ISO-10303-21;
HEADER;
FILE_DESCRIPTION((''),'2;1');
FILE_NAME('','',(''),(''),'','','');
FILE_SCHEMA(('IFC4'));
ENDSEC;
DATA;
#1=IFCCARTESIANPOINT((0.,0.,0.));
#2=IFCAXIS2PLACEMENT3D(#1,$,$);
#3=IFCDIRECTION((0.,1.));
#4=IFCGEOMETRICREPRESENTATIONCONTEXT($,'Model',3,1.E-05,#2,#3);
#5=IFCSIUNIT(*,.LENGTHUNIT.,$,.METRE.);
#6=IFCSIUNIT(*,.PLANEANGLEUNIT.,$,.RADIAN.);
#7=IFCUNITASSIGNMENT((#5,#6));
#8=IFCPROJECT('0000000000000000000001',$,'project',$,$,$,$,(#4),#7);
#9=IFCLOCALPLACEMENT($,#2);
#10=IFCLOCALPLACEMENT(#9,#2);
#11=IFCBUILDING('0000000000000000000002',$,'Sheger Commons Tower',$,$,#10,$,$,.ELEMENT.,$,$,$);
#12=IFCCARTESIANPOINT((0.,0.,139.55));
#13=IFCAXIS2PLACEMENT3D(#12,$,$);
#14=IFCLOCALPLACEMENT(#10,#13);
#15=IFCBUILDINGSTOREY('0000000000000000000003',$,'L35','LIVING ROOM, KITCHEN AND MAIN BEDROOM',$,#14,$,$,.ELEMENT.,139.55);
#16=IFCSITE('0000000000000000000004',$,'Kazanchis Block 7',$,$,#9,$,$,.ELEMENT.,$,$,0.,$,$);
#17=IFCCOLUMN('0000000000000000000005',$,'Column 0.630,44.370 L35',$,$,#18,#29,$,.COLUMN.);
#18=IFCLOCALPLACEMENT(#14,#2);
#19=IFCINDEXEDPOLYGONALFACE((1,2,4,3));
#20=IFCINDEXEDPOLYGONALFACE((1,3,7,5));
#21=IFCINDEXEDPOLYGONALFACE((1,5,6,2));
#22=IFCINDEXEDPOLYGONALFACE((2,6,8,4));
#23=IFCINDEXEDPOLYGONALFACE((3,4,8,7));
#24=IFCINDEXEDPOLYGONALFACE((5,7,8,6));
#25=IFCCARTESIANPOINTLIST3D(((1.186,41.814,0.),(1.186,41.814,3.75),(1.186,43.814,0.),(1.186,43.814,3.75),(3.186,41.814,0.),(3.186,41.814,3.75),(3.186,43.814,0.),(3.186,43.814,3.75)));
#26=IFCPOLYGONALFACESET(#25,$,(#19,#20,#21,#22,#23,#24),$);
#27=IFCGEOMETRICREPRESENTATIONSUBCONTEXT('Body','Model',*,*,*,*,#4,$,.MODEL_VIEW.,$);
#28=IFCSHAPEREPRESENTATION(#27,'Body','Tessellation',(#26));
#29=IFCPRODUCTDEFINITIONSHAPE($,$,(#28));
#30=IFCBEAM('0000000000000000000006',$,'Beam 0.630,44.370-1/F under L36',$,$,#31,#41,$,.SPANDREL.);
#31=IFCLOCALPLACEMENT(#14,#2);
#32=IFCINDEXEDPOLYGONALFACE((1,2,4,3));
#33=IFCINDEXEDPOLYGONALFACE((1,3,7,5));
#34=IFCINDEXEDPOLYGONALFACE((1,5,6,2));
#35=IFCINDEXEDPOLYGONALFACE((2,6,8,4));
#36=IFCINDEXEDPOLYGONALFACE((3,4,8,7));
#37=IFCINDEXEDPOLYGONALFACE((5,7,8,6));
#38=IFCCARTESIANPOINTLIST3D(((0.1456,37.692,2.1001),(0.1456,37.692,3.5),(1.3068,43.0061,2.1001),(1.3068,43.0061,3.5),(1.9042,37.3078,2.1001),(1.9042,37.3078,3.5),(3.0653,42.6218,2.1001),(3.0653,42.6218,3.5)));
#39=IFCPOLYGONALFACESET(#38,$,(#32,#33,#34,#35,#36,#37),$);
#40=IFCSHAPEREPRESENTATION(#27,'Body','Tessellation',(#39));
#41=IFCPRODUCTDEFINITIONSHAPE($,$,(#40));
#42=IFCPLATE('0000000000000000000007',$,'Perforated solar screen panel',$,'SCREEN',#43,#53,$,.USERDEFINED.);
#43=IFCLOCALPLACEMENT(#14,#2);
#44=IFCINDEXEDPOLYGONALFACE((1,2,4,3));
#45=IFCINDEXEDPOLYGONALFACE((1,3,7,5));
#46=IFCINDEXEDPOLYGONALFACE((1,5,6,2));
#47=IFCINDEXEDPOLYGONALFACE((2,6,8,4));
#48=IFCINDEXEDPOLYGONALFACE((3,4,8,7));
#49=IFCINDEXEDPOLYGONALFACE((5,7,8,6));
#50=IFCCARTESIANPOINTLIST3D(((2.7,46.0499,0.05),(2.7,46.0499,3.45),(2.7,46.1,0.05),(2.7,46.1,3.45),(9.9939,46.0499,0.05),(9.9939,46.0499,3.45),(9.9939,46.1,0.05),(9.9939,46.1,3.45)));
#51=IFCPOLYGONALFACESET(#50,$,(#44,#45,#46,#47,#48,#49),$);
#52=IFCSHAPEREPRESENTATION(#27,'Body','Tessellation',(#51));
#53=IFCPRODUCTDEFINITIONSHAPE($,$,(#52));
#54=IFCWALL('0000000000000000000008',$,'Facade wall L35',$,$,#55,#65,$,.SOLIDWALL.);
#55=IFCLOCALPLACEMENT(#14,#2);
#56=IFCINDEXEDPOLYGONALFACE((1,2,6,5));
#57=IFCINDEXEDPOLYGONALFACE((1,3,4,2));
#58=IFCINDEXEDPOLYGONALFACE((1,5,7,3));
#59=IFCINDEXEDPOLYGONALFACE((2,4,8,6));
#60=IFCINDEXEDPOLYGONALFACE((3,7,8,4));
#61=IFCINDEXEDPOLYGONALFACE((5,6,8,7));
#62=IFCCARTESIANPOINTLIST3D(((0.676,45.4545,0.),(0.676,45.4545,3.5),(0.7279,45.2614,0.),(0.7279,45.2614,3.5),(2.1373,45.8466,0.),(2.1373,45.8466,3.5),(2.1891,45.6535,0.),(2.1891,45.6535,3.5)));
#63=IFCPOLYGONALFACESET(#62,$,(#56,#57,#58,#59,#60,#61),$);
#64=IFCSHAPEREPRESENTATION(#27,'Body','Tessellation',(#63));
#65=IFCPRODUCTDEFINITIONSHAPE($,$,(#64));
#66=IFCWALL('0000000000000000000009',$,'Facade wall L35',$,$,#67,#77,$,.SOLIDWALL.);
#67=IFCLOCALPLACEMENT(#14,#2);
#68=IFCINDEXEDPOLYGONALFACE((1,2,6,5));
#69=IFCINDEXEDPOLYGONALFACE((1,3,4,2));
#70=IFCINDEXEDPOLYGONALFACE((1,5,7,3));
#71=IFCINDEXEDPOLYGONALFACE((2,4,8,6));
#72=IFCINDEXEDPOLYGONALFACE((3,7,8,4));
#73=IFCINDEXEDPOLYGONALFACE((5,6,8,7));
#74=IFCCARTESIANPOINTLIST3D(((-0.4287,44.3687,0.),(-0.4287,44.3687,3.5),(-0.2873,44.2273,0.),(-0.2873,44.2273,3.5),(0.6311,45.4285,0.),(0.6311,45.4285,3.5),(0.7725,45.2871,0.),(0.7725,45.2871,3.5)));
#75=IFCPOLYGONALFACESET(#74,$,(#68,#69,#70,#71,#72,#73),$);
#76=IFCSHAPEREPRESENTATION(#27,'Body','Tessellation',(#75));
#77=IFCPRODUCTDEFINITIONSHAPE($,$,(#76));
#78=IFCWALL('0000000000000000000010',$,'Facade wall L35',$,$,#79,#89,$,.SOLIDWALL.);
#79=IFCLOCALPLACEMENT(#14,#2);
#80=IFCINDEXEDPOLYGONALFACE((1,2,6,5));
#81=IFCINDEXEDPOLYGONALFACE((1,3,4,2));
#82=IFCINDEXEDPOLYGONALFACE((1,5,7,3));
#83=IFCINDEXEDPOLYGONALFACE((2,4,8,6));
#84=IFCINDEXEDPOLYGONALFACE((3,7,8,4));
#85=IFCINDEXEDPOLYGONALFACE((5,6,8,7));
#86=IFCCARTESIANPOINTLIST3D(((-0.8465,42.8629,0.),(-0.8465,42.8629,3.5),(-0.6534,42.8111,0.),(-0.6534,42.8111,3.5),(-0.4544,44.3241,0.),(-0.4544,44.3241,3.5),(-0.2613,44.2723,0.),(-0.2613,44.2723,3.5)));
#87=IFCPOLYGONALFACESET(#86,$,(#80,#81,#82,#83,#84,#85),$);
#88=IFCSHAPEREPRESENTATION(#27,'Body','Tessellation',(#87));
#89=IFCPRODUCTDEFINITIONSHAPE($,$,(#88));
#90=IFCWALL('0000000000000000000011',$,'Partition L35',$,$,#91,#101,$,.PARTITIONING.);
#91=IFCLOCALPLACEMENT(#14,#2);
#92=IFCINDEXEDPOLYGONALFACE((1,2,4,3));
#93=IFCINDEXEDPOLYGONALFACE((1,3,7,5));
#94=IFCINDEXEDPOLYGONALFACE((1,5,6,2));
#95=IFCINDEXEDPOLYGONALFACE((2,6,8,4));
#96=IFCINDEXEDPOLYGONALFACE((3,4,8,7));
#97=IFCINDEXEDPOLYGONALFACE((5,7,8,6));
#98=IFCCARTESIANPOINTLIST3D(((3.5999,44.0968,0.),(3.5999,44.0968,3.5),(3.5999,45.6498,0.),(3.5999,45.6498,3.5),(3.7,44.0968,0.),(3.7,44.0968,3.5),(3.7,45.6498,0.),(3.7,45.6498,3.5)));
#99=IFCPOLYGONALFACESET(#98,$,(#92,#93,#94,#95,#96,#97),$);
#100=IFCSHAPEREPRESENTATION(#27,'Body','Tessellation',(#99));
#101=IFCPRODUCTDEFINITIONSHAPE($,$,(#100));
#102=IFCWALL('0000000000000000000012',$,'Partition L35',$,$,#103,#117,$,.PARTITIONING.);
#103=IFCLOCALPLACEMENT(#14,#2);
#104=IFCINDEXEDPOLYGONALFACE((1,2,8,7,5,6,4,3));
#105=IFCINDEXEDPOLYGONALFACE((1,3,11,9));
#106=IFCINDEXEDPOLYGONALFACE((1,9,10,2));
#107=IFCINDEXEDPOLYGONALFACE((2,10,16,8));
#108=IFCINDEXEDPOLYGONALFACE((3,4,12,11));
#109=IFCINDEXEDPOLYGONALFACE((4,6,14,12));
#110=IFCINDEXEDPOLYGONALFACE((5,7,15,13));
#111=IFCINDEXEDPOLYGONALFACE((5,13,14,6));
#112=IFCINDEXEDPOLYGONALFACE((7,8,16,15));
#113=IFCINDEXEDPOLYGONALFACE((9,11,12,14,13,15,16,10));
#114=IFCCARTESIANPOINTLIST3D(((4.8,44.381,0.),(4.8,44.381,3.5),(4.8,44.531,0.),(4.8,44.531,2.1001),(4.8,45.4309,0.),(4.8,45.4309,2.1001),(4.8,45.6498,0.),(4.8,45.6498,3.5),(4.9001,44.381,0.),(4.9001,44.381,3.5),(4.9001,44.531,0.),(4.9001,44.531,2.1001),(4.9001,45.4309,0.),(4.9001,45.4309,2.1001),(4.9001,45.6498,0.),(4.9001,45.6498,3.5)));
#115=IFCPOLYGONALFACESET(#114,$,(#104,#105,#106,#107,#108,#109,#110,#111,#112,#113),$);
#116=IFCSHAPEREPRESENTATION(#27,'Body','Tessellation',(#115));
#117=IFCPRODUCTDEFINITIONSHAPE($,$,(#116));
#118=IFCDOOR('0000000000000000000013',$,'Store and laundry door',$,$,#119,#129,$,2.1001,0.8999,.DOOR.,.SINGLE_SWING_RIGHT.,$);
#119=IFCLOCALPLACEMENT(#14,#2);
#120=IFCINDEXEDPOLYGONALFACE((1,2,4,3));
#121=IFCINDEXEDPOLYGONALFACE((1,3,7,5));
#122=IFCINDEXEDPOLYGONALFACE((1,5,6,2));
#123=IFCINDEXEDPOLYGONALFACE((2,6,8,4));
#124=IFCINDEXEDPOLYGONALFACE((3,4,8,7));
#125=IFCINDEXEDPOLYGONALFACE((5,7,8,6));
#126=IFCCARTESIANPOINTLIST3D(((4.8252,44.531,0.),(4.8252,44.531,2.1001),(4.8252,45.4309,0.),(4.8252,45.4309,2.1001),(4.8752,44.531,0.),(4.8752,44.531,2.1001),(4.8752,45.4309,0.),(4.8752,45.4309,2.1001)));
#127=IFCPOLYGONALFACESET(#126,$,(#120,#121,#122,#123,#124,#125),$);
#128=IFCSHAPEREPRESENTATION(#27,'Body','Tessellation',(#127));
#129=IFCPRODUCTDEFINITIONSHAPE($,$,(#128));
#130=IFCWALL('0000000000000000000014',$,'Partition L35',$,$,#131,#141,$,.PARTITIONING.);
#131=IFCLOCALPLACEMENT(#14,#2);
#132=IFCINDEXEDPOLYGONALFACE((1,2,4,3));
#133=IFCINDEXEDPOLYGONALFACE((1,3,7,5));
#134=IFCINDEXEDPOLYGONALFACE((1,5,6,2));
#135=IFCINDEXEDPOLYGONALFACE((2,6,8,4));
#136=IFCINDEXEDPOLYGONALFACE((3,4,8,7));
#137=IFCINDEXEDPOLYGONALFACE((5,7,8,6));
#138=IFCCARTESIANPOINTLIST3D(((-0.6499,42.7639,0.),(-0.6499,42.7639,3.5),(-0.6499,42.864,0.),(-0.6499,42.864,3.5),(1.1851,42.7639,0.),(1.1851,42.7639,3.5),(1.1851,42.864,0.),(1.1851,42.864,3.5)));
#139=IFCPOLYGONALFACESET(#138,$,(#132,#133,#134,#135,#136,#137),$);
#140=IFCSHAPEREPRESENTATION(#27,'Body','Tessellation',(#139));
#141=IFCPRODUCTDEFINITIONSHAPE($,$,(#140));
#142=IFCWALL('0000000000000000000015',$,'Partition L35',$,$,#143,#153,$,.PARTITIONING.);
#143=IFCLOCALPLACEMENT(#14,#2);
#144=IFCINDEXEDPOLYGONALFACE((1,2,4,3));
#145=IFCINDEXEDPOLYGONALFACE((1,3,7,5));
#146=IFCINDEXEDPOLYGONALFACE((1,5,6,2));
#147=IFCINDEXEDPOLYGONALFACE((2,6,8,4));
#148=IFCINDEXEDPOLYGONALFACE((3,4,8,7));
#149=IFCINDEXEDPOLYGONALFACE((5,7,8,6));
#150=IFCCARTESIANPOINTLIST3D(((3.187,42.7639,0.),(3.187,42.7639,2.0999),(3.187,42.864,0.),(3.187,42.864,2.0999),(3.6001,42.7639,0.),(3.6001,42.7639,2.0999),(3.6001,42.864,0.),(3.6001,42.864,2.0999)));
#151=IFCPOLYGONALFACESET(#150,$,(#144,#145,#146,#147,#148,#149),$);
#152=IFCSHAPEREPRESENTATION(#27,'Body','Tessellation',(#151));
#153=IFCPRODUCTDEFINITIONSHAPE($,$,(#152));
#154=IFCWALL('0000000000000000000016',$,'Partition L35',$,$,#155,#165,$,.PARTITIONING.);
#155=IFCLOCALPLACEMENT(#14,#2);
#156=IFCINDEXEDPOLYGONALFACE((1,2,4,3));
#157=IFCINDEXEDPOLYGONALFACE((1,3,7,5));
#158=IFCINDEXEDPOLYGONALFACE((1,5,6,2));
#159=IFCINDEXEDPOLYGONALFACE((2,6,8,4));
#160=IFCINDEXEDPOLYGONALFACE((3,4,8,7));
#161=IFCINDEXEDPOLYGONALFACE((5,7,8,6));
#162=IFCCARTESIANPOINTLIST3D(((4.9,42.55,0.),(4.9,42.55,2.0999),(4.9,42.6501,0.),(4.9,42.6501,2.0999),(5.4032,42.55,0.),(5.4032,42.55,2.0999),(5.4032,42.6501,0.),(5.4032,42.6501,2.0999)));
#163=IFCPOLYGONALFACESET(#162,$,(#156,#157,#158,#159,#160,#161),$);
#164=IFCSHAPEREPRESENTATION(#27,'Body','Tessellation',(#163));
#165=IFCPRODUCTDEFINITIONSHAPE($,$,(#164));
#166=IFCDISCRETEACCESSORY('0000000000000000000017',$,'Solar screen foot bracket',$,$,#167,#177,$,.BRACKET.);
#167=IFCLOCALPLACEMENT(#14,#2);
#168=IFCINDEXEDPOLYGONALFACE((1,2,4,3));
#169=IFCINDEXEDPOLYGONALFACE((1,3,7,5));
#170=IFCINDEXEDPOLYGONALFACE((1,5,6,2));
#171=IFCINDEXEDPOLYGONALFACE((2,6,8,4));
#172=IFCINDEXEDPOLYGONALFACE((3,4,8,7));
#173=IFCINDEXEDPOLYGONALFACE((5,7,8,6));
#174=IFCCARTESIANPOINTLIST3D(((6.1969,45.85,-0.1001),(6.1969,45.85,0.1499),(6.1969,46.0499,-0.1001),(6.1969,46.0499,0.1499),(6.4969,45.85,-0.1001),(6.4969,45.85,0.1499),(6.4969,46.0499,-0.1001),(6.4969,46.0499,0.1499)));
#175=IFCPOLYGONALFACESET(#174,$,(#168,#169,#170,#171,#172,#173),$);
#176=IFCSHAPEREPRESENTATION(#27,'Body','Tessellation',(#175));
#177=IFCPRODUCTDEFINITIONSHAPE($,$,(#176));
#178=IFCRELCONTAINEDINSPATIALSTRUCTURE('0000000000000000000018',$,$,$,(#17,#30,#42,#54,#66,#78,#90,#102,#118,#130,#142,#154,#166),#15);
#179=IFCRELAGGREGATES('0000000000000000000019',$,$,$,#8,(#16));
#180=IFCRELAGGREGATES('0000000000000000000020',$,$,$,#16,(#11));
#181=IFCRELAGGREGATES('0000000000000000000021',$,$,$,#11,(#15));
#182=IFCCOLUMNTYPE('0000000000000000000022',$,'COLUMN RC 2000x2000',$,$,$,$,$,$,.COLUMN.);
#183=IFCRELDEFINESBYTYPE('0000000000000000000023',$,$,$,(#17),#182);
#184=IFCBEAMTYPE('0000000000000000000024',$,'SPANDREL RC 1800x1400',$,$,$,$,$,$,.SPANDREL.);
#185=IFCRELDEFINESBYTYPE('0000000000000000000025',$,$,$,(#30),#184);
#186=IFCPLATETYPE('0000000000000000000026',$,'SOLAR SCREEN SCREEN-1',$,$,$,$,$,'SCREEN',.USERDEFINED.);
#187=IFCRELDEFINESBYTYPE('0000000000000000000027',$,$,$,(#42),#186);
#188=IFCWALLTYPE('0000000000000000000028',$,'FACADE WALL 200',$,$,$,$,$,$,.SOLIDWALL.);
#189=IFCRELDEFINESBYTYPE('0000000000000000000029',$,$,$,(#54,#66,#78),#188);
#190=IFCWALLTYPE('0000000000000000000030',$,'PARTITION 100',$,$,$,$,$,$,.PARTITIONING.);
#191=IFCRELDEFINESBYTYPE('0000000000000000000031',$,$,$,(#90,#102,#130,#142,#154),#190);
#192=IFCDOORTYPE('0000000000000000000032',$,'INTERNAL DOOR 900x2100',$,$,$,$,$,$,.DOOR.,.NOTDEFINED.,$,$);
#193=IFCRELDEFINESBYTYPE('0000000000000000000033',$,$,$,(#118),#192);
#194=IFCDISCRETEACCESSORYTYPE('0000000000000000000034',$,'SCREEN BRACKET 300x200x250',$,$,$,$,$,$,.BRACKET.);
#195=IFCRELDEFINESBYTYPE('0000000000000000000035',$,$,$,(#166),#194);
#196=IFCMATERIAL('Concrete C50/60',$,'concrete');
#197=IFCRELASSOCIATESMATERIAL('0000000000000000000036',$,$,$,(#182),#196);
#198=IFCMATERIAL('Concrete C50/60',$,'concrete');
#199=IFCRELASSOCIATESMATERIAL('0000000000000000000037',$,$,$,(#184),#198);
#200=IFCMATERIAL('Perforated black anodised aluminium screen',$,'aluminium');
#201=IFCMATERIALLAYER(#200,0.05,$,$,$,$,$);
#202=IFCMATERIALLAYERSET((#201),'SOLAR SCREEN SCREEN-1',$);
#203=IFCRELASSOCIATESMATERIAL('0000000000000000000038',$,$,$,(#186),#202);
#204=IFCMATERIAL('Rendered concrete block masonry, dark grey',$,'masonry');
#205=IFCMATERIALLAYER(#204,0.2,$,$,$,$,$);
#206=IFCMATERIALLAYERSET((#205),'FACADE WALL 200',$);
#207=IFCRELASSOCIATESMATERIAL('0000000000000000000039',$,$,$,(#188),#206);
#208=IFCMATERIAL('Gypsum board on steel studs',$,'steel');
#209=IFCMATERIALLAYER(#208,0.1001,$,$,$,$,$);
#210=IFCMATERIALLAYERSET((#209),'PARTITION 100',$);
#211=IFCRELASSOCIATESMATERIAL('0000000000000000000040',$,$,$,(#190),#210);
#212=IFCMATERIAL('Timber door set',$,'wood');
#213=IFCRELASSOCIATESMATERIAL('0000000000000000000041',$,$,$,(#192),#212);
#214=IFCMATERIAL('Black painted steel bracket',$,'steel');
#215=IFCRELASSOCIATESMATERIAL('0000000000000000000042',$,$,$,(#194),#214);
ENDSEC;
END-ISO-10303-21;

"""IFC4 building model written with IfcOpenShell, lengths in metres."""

from ifc_helpers import new_model, si_unit, direction, frame, frame_2d, origin, origin_2d, place, context, subcontext, project, spatial, rectangle, extrude, material, layer, layer_set, material_profile, profile_set, type_object, element, fill, save


model = new_model("IFC4")

# Units and contexts
model_context = context("Model", 3, precision=1e-05, world=origin(), true_north=direction((0.0, 1.0)))
body_context = subcontext(model_context, "Body", "Model", "MODEL_VIEW")
ifc_project = project(units=[si_unit("LENGTHUNIT", "METRE"), si_unit("PLANEANGLEUNIT", "RADIAN")], contexts=[model_context])

# Site, building, storey
site_placement = place(None, origin())
site = spatial("IfcSite", under=ifc_project, at=site_placement, Name="Kazanchis Block 7", CompositionType="ELEMENT", RefElevation=0.0)
building_placement = place(site_placement, origin())
building = spatial("IfcBuilding", under=site, at=building_placement, Name="Sheger Commons Tower", CompositionType="ELEMENT")
storey_placement = place(building_placement, frame((0.0, 0.0, 139.55)))
storey = spatial("IfcBuildingStorey", under=building, at=storey_placement, Name="L35", Description="LIVING ROOM, KITCHEN AND MAIN BEDROOM", CompositionType="ELEMENT", Elevation=139.55)

# Column
ifc_material_1 = material(Name="Concrete C50/60", Category="concrete")
ifc_material_profile_1 = material_profile(ifc_material_1, rectangle(XDim=2.0, YDim=2.0, at=origin_2d()), Name="RC 2000x2000")
ifc_profile_set_1 = profile_set([ifc_material_profile_1], Name="Concrete C50/60")
column_type = type_object("IfcColumnType", Name="COLUMN RC 2000x2000", PredefinedType="COLUMN", material=ifc_profile_set_1)
column_placement = place(storey_placement, frame((2.186, 42.814, 0.0), z_axis=(0.0, 0.0, 1.0), x_axis=(1.0, 0.0, 0.0)))
element("IfcColumn", 1, at=column_placement, inside=storey, type_object=column_type, Name="Column 0.630,44.370 L35", PredefinedType="COLUMN", context=body_context, shape_type="SweptSolid", body=[
    extrude(rectangle(XDim=2.0, YDim=2.0, at=origin_2d()), origin(), (0.0, 0.0, 1.0), 3.75),
])

# Beam
ifc_material_2 = material(Name="Concrete C50/60", Category="concrete")
ifc_material_profile_2 = material_profile(ifc_material_2, rectangle(XDim=1.8, YDim=1.3999, at=origin_2d()), Name="RC 1800x1400")
ifc_profile_set_2 = profile_set([ifc_material_profile_2], Name="Concrete C50/60")
beam_type = type_object("IfcBeamType", Name="SPANDREL RC 1800x1400", PredefinedType="SPANDREL", material=ifc_profile_set_2)
beam_placement = place(storey_placement, frame((2.186, 42.814, 2.8), z_axis=(-0.213469, -0.97695, 0.0), x_axis=(0.97695, -0.213469, 0.0)))
element("IfcBeam", 2, at=beam_placement, inside=storey, type_object=beam_type, Name="Beam 0.630,44.370-1/F under L36", PredefinedType="SPANDREL", context=body_context, shape_type="SweptSolid", body=[
    extrude(rectangle(XDim=1.8, YDim=1.3999, at=origin_2d()), origin(), (0.0, 0.0, 1.0), 5.4395),
])

# Plate
ifc_material_3 = material(Name="Perforated black anodised aluminium screen", Category="aluminium")
ifc_layer_1 = layer(ifc_material_3, 0.05)
ifc_layer_set_1 = layer_set([ifc_layer_1], Name="SOLAR SCREEN SCREEN-1")
plate_type = type_object("IfcPlateType", Name="SOLAR SCREEN SCREEN-1", ElementType="SCREEN", PredefinedType="USERDEFINED", material=ifc_layer_set_1)
plate_placement = place(storey_placement, frame((6.3469, 46.075, 0.05), z_axis=(0.0, 0.0, 1.0), x_axis=(-1.0, 0.0, 0.0)))
element("IfcPlate", 3, at=plate_placement, inside=storey, type_object=plate_type, Name="Perforated solar screen panel", ObjectType="SCREEN", PredefinedType="USERDEFINED", context=body_context, shape_type="SweptSolid", body=[
    extrude(rectangle(XDim=7.2939, YDim=0.05, at=origin_2d()), origin(), (0.0, 0.0, 1.0), 3.3999),
])

# Walls
ifc_material_4 = material(Name="Rendered concrete block masonry, dark grey", Category="masonry")
ifc_layer_2 = layer(ifc_material_4, 0.2)
ifc_layer_set_2 = layer_set([ifc_layer_2], Name="FACADE WALL 200")
wall_type_1 = type_object("IfcWallType", Name="FACADE WALL 200", PredefinedType="SOLIDWALL", material=ifc_layer_set_2)
wall_1_placement = place(storey_placement, frame((2.1631, 45.75, 0.0), z_axis=(0.0, 0.0, 1.0), x_axis=(-0.965832, -0.259169, 0.0)))
element("IfcWall", 4, at=wall_1_placement, inside=storey, type_object=wall_type_1, Name="Facade wall L35", PredefinedType="SOLIDWALL", context=body_context, shape_type="SweptSolid", body=[
    extrude(rectangle(XDim=1.5129, YDim=0.2, at=frame_2d((0.7563, 0.0))), origin(), (0.0, 0.0, 1.0), 3.5),
])
wall_2_placement = place(storey_placement, frame((0.7019, 45.3579, 0.0), z_axis=(0.0, 0.0, 1.0), x_axis=(-0.707107, -0.707107, 0.0)))
element("IfcWall", 5, at=wall_2_placement, inside=storey, type_object=wall_type_1, Name="Facade wall L35", PredefinedType="SOLIDWALL", context=body_context, shape_type="SweptSolid", body=[
    extrude(rectangle(XDim=1.4988, YDim=0.2, at=frame_2d((0.7495, 0.0))), origin(), (0.0, 0.0, 1.0), 3.5),
])
wall_3_placement = place(storey_placement, frame((-0.3579, 44.2981, 0.0), z_axis=(0.0, 0.0, 1.0), x_axis=(-0.259169, -0.965832, 0.0)))
element("IfcWall", 6, at=wall_3_placement, inside=storey, type_object=wall_type_1, Name="Facade wall L35", PredefinedType="SOLIDWALL", context=body_context, shape_type="SweptSolid", body=[
    extrude(rectangle(XDim=1.5129, YDim=0.2, at=frame_2d((0.7563, 0.0))), origin(), (0.0, 0.0, 1.0), 3.5),
])

# Wall
ifc_material_5 = material(Name="Gypsum board on steel studs", Category="steel")
ifc_layer_3 = layer(ifc_material_5, 0.1001)
ifc_layer_set_3 = layer_set([ifc_layer_3], Name="PARTITION 100")
wall_type_2 = type_object("IfcWallType", Name="PARTITION 100", PredefinedType="PARTITIONING", material=ifc_layer_set_3)
wall_4_placement = place(storey_placement, frame((3.6499, 44.0969, 0.0), z_axis=(0.0, 0.0, 1.0), x_axis=(0.0, 1.0, 0.0)))
element("IfcWall", 7, at=wall_4_placement, inside=storey, type_object=wall_type_2, Name="Partition L35", PredefinedType="PARTITIONING", context=body_context, shape_type="SweptSolid", body=[
    extrude(rectangle(XDim=1.553, YDim=0.1001, at=frame_2d((0.7764, 0.0))), origin(), (0.0, 0.0, 1.0), 3.5),
])

# Wall, opening, door
wall_5_placement = place(storey_placement, frame((4.8501, 44.3811, 0.0), z_axis=(0.0, 0.0, 1.0), x_axis=(0.0, 1.0, 0.0)))
wall_5 = element("IfcWall", 8, at=wall_5_placement, inside=storey, type_object=wall_type_2, Name="Partition L35", PredefinedType="PARTITIONING", context=body_context, shape_type="SweptSolid", body=[
    extrude(rectangle(XDim=1.2688, YDim=0.1001, at=frame_2d((0.6343, 0.0))), origin(), (0.0, 0.0, 1.0), 3.5),
])
opening_1_placement = place(wall_5_placement, frame((0.1499, 0.0, 0.0)))
opening_1 = element("IfcOpeningElement", 9, at=opening_1_placement, cuts=wall_5, PredefinedType="OPENING", context=body_context, shape_type="SweptSolid", body=[
    extrude(rectangle(XDim=0.8999, YDim=2.1001, at=frame_2d((0.45, 1.05))), frame((0.0, 0.0601, 0.0), z_axis=(0.0, -1.0, 0.0), x_axis=(1.0, 0.0, 0.0)), (0.0, 0.0, 1.0), 0.1201),
])
ifc_material_6 = material(Name="Timber door set", Category="wood")
door_type = type_object("IfcDoorType", Name="INTERNAL DOOR 900x2100", OperationType="NOTDEFINED", PredefinedType="DOOR", material=ifc_material_6)
door_placement = place(opening_1_placement, origin())
door = element("IfcDoor", 10, at=door_placement, inside=storey, type_object=door_type, Name="Store and laundry door", OperationType="SINGLE_SWING_RIGHT", OverallHeight=2.1001, OverallWidth=0.8999, PredefinedType="DOOR", context=body_context, shape_type="SweptSolid", body=[
    extrude(rectangle(XDim=0.8999, YDim=2.1001, at=frame_2d((0.45, 1.05))), frame((0.0, 0.0249, 0.0), z_axis=(0.0, -1.0, 0.0), x_axis=(1.0, 0.0, 0.0)), (0.0, 0.0, 1.0), 0.05),
])
fill(opening_1, door)

# Walls
wall_6_placement = place(storey_placement, frame((-0.6499, 42.814, 0.0), z_axis=(0.0, 0.0, 1.0), x_axis=(1.0, 0.0, 0.0)))
element("IfcWall", 11, at=wall_6_placement, inside=storey, type_object=wall_type_2, Name="Partition L35", PredefinedType="PARTITIONING", context=body_context, shape_type="SweptSolid", body=[
    extrude(rectangle(XDim=1.835, YDim=0.1001, at=frame_2d((0.9175, 0.0))), origin(), (0.0, 0.0, 1.0), 3.5),
])
wall_7_placement = place(storey_placement, frame((3.187, 42.814, 0.0), z_axis=(0.0, 0.0, 1.0), x_axis=(1.0, 0.0, 0.0)))
element("IfcWall", 12, at=wall_7_placement, inside=storey, type_object=wall_type_2, Name="Partition L35", PredefinedType="PARTITIONING", context=body_context, shape_type="SweptSolid", body=[
    extrude(rectangle(XDim=0.4131, YDim=0.1001, at=frame_2d((0.2065, 0.0))), origin(), (0.0, 0.0, 1.0), 2.0999),
])
wall_8_placement = place(storey_placement, frame((5.4031, 42.6001, 0.0), z_axis=(0.0, 0.0, 1.0), x_axis=(-1.0, 0.0, 0.0)))
element("IfcWall", 13, at=wall_8_placement, inside=storey, type_object=wall_type_2, Name="Partition L35", PredefinedType="PARTITIONING", context=body_context, shape_type="SweptSolid", body=[
    extrude(rectangle(XDim=0.5032, YDim=0.1001, at=frame_2d((0.2515, 0.0))), origin(), (0.0, 0.0, 1.0), 2.0999),
])

# Discrete accessory
ifc_material_7 = material(Name="Black painted steel bracket", Category="steel")
discrete_accessory_type = type_object("IfcDiscreteAccessoryType", Name="SCREEN BRACKET 300x200x250", PredefinedType="BRACKET", material=ifc_material_7)
for number, where, z_axis, x_axis, name in (
    (14, (6.3469, 45.95, -0.1001), (0.0, 0.0, 1.0), (-1.0, 0.0, 0.0), "Solar screen foot bracket"),
):
    element("IfcDiscreteAccessory", number, at=place(storey_placement, frame(where, z_axis=z_axis, x_axis=x_axis)), inside=storey, type_object=discrete_accessory_type, Name=name, PredefinedType="BRACKET", context=body_context, shape_type="SweptSolid", body=[
        extrude(rectangle(XDim=0.3, YDim=0.2, at=origin_2d()), origin(), (0.0, 0.0, 1.0), 0.25),
    ])

save(model, "model.ifc")
